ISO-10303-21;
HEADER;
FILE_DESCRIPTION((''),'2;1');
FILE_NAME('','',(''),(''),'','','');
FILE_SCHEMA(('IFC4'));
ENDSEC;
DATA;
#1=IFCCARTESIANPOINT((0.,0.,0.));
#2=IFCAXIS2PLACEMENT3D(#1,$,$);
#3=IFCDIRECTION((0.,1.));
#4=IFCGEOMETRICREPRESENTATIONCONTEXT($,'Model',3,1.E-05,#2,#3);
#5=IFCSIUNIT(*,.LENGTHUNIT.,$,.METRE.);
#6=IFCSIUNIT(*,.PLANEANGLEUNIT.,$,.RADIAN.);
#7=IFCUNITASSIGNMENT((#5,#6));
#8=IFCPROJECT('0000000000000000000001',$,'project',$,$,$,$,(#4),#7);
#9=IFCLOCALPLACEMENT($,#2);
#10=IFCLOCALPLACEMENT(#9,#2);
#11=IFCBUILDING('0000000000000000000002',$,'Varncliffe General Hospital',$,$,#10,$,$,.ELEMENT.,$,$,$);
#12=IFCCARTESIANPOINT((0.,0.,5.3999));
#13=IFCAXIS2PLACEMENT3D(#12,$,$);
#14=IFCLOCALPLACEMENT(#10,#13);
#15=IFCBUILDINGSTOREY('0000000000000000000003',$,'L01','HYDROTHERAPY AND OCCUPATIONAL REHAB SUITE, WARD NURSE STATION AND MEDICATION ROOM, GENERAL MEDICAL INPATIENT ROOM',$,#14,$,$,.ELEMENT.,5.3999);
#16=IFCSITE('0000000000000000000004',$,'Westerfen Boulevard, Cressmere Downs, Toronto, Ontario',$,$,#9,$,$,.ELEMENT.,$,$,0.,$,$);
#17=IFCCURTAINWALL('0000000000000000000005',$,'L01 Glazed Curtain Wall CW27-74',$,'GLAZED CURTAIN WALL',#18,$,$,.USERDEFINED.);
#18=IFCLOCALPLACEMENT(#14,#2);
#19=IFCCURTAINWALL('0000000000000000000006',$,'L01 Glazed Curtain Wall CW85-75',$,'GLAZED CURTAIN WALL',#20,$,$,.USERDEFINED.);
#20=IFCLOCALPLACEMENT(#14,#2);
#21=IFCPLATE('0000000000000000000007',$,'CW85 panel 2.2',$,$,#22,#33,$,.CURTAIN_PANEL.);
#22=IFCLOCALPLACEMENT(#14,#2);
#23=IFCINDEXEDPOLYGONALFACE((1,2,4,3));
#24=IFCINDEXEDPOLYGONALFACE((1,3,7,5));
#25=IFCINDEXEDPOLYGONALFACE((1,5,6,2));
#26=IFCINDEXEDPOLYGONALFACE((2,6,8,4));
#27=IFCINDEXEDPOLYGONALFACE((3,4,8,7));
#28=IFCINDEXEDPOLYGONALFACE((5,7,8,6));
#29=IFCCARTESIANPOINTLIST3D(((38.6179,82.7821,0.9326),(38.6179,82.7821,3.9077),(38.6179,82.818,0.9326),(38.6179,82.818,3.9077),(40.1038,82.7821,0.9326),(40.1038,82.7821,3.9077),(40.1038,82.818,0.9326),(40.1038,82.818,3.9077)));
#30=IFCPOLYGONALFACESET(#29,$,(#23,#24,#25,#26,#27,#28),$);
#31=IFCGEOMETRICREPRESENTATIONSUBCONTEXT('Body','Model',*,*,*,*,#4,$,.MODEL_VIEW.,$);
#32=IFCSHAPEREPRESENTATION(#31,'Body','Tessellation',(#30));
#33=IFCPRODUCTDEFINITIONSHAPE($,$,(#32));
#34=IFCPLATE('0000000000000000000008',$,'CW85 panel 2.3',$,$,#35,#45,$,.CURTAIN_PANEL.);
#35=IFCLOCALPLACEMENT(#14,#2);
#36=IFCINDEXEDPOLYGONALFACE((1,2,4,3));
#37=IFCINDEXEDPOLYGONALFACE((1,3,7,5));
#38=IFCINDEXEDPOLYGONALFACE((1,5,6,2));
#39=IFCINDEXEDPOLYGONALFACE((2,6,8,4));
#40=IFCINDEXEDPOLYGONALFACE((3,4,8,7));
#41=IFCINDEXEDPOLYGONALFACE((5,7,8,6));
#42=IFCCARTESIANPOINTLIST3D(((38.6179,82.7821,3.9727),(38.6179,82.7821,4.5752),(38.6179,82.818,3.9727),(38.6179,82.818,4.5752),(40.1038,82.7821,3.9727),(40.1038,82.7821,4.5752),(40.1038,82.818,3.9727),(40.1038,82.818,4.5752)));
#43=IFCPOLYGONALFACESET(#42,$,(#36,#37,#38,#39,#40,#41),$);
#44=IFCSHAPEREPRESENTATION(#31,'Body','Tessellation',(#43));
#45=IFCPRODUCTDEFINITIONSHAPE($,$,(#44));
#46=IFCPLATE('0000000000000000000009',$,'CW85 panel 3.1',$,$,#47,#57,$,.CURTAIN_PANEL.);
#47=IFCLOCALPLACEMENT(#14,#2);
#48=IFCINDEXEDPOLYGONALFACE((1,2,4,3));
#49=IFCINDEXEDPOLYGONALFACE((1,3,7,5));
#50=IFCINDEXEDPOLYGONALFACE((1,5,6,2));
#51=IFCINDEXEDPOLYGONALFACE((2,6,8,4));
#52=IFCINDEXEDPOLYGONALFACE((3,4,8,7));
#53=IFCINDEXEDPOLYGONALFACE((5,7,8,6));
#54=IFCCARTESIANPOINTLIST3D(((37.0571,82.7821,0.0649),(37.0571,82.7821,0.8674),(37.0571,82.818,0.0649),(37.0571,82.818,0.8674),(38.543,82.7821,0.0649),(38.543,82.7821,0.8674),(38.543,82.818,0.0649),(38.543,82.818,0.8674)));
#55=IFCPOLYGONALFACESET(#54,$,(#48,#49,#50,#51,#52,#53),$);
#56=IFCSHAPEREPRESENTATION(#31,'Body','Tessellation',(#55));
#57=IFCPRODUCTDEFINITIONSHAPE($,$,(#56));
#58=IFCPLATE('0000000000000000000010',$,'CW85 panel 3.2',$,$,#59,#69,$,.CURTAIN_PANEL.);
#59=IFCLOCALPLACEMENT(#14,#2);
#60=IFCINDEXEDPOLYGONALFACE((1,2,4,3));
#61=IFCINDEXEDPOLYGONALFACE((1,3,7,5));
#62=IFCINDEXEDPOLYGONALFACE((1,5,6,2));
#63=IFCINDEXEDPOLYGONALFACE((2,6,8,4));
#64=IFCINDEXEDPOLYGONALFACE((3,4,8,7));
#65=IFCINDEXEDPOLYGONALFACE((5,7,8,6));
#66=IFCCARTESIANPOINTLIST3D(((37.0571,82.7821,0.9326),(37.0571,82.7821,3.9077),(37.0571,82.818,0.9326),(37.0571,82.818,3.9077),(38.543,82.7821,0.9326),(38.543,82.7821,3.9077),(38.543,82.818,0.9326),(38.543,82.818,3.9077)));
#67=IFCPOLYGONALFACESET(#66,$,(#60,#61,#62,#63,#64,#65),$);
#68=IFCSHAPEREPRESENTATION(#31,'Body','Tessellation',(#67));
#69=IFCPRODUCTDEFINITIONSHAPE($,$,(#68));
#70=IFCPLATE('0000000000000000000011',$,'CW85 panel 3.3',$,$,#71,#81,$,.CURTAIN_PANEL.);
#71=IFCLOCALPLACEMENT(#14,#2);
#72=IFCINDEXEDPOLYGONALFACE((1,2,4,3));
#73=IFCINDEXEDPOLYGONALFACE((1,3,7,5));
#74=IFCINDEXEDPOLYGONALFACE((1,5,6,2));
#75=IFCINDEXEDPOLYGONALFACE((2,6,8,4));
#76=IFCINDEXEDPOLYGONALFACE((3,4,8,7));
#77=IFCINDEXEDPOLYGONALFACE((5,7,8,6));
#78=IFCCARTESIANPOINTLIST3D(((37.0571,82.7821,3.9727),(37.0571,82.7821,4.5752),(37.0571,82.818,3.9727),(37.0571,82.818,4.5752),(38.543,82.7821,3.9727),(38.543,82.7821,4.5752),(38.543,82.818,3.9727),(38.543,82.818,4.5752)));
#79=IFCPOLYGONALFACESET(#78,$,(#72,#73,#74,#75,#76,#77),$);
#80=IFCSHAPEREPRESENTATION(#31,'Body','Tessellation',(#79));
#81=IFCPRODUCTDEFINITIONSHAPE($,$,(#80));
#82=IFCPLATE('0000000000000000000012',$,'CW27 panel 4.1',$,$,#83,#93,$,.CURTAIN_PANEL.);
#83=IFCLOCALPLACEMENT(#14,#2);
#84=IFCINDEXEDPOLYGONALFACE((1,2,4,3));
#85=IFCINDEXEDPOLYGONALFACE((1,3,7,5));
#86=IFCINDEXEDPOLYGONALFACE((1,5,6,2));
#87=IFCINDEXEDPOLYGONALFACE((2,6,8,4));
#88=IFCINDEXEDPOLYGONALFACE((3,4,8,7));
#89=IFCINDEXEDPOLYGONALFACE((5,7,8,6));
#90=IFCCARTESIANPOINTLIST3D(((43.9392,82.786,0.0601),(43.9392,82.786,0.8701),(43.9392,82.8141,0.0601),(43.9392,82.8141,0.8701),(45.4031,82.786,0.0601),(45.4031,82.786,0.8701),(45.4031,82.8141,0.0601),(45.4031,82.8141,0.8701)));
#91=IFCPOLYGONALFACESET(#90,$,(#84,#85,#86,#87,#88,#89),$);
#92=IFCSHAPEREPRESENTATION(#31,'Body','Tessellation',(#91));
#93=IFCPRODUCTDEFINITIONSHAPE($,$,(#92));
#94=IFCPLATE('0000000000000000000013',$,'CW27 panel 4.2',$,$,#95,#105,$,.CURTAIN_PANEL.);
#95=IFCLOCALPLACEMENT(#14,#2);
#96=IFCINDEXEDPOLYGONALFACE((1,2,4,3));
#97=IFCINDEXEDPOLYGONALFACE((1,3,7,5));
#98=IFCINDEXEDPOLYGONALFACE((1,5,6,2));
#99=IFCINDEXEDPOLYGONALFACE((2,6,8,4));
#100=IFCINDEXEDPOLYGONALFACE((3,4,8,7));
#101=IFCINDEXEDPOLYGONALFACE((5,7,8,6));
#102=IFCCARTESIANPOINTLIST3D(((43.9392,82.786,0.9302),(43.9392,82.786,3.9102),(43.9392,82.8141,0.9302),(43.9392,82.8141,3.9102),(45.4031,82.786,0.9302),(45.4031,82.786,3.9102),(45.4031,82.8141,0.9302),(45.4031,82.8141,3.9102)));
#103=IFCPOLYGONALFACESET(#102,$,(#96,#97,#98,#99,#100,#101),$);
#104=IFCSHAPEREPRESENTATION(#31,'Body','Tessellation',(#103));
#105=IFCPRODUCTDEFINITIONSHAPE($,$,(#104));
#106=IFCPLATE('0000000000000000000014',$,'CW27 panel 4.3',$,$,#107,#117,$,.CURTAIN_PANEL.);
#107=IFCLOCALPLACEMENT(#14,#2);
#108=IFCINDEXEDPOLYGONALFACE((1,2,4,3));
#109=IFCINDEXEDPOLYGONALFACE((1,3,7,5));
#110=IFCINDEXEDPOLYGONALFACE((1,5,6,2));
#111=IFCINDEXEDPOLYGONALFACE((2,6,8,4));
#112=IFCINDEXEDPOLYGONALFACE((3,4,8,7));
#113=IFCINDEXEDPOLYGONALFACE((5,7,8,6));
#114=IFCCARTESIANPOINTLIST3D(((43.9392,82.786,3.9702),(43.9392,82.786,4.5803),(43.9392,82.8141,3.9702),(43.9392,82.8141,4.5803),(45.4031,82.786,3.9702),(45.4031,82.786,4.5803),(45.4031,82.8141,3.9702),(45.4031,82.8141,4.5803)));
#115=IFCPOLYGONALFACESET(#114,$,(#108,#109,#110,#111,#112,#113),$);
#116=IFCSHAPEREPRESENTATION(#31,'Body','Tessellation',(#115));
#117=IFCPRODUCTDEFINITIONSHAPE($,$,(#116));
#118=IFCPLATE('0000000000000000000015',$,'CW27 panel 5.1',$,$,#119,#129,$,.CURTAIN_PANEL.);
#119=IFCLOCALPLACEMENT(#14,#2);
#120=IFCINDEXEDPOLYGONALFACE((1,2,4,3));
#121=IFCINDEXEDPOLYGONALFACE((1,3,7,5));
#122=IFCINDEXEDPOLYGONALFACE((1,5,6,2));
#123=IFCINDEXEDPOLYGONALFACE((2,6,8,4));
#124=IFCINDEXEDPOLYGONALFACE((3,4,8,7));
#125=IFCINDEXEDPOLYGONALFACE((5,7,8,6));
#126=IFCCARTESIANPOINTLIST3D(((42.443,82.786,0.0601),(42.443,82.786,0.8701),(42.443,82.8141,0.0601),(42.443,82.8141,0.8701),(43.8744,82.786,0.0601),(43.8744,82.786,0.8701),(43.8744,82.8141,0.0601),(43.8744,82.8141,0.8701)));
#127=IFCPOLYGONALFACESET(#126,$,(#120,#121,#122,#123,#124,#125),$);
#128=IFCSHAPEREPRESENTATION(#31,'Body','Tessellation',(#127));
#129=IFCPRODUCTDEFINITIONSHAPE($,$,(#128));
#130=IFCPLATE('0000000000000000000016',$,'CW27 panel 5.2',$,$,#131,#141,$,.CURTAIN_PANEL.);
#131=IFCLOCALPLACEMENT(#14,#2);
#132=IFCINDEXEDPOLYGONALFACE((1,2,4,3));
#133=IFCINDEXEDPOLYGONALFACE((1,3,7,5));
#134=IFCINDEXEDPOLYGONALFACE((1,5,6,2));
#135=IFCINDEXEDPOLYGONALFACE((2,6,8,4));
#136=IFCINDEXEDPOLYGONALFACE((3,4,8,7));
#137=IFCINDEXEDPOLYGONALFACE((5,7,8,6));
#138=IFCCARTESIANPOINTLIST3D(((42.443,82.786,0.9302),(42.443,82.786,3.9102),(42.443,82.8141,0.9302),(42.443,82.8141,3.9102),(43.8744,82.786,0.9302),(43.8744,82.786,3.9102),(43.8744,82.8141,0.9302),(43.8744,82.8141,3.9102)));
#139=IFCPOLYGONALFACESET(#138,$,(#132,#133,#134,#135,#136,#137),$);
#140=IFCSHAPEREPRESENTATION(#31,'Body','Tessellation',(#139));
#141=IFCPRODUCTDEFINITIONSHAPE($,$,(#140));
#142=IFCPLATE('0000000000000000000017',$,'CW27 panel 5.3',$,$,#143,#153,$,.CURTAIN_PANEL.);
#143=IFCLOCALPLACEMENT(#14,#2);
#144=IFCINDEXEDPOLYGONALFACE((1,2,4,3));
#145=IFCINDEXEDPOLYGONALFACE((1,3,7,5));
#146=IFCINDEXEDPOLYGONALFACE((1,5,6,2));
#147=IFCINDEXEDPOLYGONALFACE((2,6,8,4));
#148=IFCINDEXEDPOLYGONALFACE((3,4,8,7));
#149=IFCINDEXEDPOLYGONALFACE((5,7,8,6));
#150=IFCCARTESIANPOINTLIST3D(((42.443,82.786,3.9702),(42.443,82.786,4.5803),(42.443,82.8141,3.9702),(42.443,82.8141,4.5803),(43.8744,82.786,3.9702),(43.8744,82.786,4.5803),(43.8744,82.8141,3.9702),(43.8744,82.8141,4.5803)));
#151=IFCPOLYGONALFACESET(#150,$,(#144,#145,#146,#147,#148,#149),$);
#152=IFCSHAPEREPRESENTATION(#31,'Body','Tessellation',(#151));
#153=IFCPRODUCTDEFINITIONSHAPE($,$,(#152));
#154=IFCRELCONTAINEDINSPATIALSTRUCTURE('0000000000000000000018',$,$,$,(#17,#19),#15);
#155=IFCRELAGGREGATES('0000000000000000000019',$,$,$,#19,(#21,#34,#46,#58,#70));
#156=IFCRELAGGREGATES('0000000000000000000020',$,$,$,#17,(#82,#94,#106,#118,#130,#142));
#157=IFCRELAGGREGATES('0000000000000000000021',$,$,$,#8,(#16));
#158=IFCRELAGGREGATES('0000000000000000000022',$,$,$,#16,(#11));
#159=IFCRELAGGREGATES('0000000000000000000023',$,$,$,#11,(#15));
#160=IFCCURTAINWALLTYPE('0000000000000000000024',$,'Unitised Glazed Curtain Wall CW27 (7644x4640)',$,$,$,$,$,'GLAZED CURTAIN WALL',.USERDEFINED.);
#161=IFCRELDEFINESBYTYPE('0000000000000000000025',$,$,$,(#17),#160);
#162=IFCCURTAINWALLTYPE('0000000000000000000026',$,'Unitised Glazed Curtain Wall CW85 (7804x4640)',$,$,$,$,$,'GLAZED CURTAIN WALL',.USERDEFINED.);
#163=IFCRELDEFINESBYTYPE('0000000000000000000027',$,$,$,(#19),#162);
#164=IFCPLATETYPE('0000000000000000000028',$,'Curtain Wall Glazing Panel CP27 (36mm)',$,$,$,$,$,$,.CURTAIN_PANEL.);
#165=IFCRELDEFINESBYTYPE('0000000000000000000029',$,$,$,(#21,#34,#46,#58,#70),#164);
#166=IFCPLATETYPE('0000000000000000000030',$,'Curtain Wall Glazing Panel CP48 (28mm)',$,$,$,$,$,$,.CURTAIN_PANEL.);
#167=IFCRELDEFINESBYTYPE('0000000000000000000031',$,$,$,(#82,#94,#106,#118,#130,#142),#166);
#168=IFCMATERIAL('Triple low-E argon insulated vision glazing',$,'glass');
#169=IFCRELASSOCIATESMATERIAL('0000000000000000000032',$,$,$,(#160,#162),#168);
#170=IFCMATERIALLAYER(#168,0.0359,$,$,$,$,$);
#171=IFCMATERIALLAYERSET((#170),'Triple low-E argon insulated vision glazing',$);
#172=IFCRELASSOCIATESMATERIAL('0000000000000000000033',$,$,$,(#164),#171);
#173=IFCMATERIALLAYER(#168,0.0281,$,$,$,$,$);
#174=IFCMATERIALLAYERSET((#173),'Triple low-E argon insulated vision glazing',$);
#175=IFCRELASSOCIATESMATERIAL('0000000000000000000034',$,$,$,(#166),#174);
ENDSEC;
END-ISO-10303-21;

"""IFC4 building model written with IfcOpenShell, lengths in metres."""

from ifc_helpers import new_model, si_unit, direction, frame, origin, origin_2d, place, context, subcontext, project, spatial, rectangle, extrude, material, layer, layer_set, type_object, element, aggregate, save


model = new_model("IFC4")

# Units and contexts
model_context = context("Model", 3, precision=1e-05, world=origin(), true_north=direction((0.0, 1.0)))
body_context = subcontext(model_context, "Body", "Model", "MODEL_VIEW")
ifc_project = project(units=[si_unit("LENGTHUNIT", "METRE"), si_unit("PLANEANGLEUNIT", "RADIAN")], contexts=[model_context])

# Site, building, storey
site_placement = place(None, origin())
site = spatial("IfcSite", under=ifc_project, at=site_placement, Name="Westerfen Boulevard, Cressmere Downs, Toronto, Ontario", CompositionType="ELEMENT", RefElevation=0.0)
building_placement = place(site_placement, origin())
building = spatial("IfcBuilding", under=site, at=building_placement, Name="Varncliffe General Hospital", CompositionType="ELEMENT")
storey_placement = place(building_placement, frame((0.0, 0.0, 5.3999)))
storey = spatial("IfcBuildingStorey", under=building, at=storey_placement, Name="L01", Description="HYDROTHERAPY AND OCCUPATIONAL REHAB SUITE, WARD NURSE STATION AND MEDICATION ROOM, GENERAL MEDICAL INPATIENT ROOM", CompositionType="ELEMENT", Elevation=5.3999)

# Curtain walls
ifc_material_1 = material(Name="Triple low-E argon insulated vision glazing", Category="glass")
curtain_wall_type_1 = type_object("IfcCurtainWallType", Name="Unitised Glazed Curtain Wall CW27 (7644x4640)", ElementType="GLAZED CURTAIN WALL", PredefinedType="USERDEFINED", material=ifc_material_1)
curtain_wall_1_placement = place(storey_placement, origin())
curtain_wall_1 = element("IfcCurtainWall", 1, at=curtain_wall_1_placement, inside=storey, type_object=curtain_wall_type_1, Name="L01 Glazed Curtain Wall CW27-74", ObjectType="GLAZED CURTAIN WALL", PredefinedType="USERDEFINED")
curtain_wall_type_2 = type_object("IfcCurtainWallType", Name="Unitised Glazed Curtain Wall CW85 (7804x4640)", ElementType="GLAZED CURTAIN WALL", PredefinedType="USERDEFINED", material=ifc_material_1)
curtain_wall_2_placement = place(storey_placement, origin())
curtain_wall_2 = element("IfcCurtainWall", 2, at=curtain_wall_2_placement, inside=storey, type_object=curtain_wall_type_2, Name="L01 Glazed Curtain Wall CW85-75", ObjectType="GLAZED CURTAIN WALL", PredefinedType="USERDEFINED")

# Plates
ifc_layer_1 = layer(ifc_material_1, 0.0359)
ifc_layer_set_1 = layer_set([ifc_layer_1], Name="Triple low-E argon insulated vision glazing")
plate_type_1 = type_object("IfcPlateType", Name="Curtain Wall Glazing Panel CP27 (36mm)", PredefinedType="CURTAIN_PANEL", material=ifc_layer_set_1)
plate_1_placement = place(storey_placement, frame((39.3608, 82.8, 0.9326), z_axis=(0.0, 0.0, 1.0), x_axis=(-1.0, 0.0, 0.0)))
plate_1 = element("IfcPlate", 3, at=plate_1_placement, type_object=plate_type_1, Name="CW85 panel 2.2", PredefinedType="CURTAIN_PANEL", context=body_context, shape_type="SweptSolid", body=[
    extrude(rectangle(XDim=1.4858, YDim=0.0359, at=origin_2d()), origin(), (0.0, 0.0, 1.0), 2.9751),
])
plate_2_placement = place(storey_placement, frame((39.3608, 82.8, 3.9727), z_axis=(0.0, 0.0, 1.0), x_axis=(-1.0, 0.0, 0.0)))
plate_2 = element("IfcPlate", 4, at=plate_2_placement, type_object=plate_type_1, Name="CW85 panel 2.3", PredefinedType="CURTAIN_PANEL", context=body_context, shape_type="SweptSolid", body=[
    extrude(rectangle(XDim=1.4858, YDim=0.0359, at=origin_2d()), origin(), (0.0, 0.0, 1.0), 0.6025),
])
plate_3_placement = place(storey_placement, frame((37.8, 82.8, 0.0649), z_axis=(0.0, 0.0, 1.0), x_axis=(-1.0, 0.0, 0.0)))
plate_3 = element("IfcPlate", 5, at=plate_3_placement, type_object=plate_type_1, Name="CW85 panel 3.1", PredefinedType="CURTAIN_PANEL", context=body_context, shape_type="SweptSolid", body=[
    extrude(rectangle(XDim=1.4858, YDim=0.0359, at=origin_2d()), origin(), (0.0, 0.0, 1.0), 0.8025),
])
plate_4_placement = place(storey_placement, frame((37.8, 82.8, 0.9326), z_axis=(0.0, 0.0, 1.0), x_axis=(-1.0, 0.0, 0.0)))
plate_4 = element("IfcPlate", 6, at=plate_4_placement, type_object=plate_type_1, Name="CW85 panel 3.2", PredefinedType="CURTAIN_PANEL", context=body_context, shape_type="SweptSolid", body=[
    extrude(rectangle(XDim=1.4858, YDim=0.0359, at=origin_2d()), origin(), (0.0, 0.0, 1.0), 2.9751),
])
plate_5_placement = place(storey_placement, frame((37.8, 82.8, 3.9727), z_axis=(0.0, 0.0, 1.0), x_axis=(-1.0, 0.0, 0.0)))
plate_5 = element("IfcPlate", 7, at=plate_5_placement, type_object=plate_type_1, Name="CW85 panel 3.3", PredefinedType="CURTAIN_PANEL", context=body_context, shape_type="SweptSolid", body=[
    extrude(rectangle(XDim=1.4858, YDim=0.0359, at=origin_2d()), origin(), (0.0, 0.0, 1.0), 0.6025),
])
aggregate(curtain_wall_2, [plate_1, plate_2, plate_3, plate_4, plate_5])
ifc_layer_2 = layer(ifc_material_1, 0.0281)
ifc_layer_set_2 = layer_set([ifc_layer_2], Name="Triple low-E argon insulated vision glazing")
plate_type_2 = type_object("IfcPlateType", Name="Curtain Wall Glazing Panel CP48 (28mm)", PredefinedType="CURTAIN_PANEL", material=ifc_layer_set_2)
plate_6_placement = place(storey_placement, frame((44.6711, 82.8, 0.0601), z_axis=(0.0, 0.0, 1.0), x_axis=(-1.0, 0.0, 0.0)))
plate_6 = element("IfcPlate", 8, at=plate_6_placement, type_object=plate_type_2, Name="CW27 panel 4.1", PredefinedType="CURTAIN_PANEL", context=body_context, shape_type="SweptSolid", body=[
    extrude(rectangle(XDim=1.4639, YDim=0.0281, at=origin_2d()), origin(), (0.0, 0.0, 1.0), 0.8101),
])
plate_7_placement = place(storey_placement, frame((44.6711, 82.8, 0.9302), z_axis=(0.0, 0.0, 1.0), x_axis=(-1.0, 0.0, 0.0)))
plate_7 = element("IfcPlate", 9, at=plate_7_placement, type_object=plate_type_2, Name="CW27 panel 4.2", PredefinedType="CURTAIN_PANEL", context=body_context, shape_type="SweptSolid", body=[
    extrude(rectangle(XDim=1.4639, YDim=0.0281, at=origin_2d()), origin(), (0.0, 0.0, 1.0), 2.98),
])
plate_8_placement = place(storey_placement, frame((44.6711, 82.8, 3.9702), z_axis=(0.0, 0.0, 1.0), x_axis=(-1.0, 0.0, 0.0)))
plate_8 = element("IfcPlate", 10, at=plate_8_placement, type_object=plate_type_2, Name="CW27 panel 4.3", PredefinedType="CURTAIN_PANEL", context=body_context, shape_type="SweptSolid", body=[
    extrude(rectangle(XDim=1.4639, YDim=0.0281, at=origin_2d()), origin(), (0.0, 0.0, 1.0), 0.6101),
])
plate_9_placement = place(storey_placement, frame((43.1587, 82.8, 0.0601), z_axis=(0.0, 0.0, 1.0), x_axis=(-1.0, 0.0, 0.0)))
plate_9 = element("IfcPlate", 11, at=plate_9_placement, type_object=plate_type_2, Name="CW27 panel 5.1", PredefinedType="CURTAIN_PANEL", context=body_context, shape_type="SweptSolid", body=[
    extrude(rectangle(XDim=1.4314, YDim=0.0281, at=origin_2d()), origin(), (0.0, 0.0, 1.0), 0.8101),
])
plate_10_placement = place(storey_placement, frame((43.1587, 82.8, 0.9302), z_axis=(0.0, 0.0, 1.0), x_axis=(-1.0, 0.0, 0.0)))
plate_10 = element("IfcPlate", 12, at=plate_10_placement, type_object=plate_type_2, Name="CW27 panel 5.2", PredefinedType="CURTAIN_PANEL", context=body_context, shape_type="SweptSolid", body=[
    extrude(rectangle(XDim=1.4314, YDim=0.0281, at=origin_2d()), origin(), (0.0, 0.0, 1.0), 2.98),
])
plate_11_placement = place(storey_placement, frame((43.1587, 82.8, 3.9702), z_axis=(0.0, 0.0, 1.0), x_axis=(-1.0, 0.0, 0.0)))
plate_11 = element("IfcPlate", 13, at=plate_11_placement, type_object=plate_type_2, Name="CW27 panel 5.3", PredefinedType="CURTAIN_PANEL", context=body_context, shape_type="SweptSolid", body=[
    extrude(rectangle(XDim=1.4314, YDim=0.0281, at=origin_2d()), origin(), (0.0, 0.0, 1.0), 0.6101),
])
aggregate(curtain_wall_1, [plate_6, plate_7, plate_8, plate_9, plate_10, plate_11])

save(model, "model.ifc")
